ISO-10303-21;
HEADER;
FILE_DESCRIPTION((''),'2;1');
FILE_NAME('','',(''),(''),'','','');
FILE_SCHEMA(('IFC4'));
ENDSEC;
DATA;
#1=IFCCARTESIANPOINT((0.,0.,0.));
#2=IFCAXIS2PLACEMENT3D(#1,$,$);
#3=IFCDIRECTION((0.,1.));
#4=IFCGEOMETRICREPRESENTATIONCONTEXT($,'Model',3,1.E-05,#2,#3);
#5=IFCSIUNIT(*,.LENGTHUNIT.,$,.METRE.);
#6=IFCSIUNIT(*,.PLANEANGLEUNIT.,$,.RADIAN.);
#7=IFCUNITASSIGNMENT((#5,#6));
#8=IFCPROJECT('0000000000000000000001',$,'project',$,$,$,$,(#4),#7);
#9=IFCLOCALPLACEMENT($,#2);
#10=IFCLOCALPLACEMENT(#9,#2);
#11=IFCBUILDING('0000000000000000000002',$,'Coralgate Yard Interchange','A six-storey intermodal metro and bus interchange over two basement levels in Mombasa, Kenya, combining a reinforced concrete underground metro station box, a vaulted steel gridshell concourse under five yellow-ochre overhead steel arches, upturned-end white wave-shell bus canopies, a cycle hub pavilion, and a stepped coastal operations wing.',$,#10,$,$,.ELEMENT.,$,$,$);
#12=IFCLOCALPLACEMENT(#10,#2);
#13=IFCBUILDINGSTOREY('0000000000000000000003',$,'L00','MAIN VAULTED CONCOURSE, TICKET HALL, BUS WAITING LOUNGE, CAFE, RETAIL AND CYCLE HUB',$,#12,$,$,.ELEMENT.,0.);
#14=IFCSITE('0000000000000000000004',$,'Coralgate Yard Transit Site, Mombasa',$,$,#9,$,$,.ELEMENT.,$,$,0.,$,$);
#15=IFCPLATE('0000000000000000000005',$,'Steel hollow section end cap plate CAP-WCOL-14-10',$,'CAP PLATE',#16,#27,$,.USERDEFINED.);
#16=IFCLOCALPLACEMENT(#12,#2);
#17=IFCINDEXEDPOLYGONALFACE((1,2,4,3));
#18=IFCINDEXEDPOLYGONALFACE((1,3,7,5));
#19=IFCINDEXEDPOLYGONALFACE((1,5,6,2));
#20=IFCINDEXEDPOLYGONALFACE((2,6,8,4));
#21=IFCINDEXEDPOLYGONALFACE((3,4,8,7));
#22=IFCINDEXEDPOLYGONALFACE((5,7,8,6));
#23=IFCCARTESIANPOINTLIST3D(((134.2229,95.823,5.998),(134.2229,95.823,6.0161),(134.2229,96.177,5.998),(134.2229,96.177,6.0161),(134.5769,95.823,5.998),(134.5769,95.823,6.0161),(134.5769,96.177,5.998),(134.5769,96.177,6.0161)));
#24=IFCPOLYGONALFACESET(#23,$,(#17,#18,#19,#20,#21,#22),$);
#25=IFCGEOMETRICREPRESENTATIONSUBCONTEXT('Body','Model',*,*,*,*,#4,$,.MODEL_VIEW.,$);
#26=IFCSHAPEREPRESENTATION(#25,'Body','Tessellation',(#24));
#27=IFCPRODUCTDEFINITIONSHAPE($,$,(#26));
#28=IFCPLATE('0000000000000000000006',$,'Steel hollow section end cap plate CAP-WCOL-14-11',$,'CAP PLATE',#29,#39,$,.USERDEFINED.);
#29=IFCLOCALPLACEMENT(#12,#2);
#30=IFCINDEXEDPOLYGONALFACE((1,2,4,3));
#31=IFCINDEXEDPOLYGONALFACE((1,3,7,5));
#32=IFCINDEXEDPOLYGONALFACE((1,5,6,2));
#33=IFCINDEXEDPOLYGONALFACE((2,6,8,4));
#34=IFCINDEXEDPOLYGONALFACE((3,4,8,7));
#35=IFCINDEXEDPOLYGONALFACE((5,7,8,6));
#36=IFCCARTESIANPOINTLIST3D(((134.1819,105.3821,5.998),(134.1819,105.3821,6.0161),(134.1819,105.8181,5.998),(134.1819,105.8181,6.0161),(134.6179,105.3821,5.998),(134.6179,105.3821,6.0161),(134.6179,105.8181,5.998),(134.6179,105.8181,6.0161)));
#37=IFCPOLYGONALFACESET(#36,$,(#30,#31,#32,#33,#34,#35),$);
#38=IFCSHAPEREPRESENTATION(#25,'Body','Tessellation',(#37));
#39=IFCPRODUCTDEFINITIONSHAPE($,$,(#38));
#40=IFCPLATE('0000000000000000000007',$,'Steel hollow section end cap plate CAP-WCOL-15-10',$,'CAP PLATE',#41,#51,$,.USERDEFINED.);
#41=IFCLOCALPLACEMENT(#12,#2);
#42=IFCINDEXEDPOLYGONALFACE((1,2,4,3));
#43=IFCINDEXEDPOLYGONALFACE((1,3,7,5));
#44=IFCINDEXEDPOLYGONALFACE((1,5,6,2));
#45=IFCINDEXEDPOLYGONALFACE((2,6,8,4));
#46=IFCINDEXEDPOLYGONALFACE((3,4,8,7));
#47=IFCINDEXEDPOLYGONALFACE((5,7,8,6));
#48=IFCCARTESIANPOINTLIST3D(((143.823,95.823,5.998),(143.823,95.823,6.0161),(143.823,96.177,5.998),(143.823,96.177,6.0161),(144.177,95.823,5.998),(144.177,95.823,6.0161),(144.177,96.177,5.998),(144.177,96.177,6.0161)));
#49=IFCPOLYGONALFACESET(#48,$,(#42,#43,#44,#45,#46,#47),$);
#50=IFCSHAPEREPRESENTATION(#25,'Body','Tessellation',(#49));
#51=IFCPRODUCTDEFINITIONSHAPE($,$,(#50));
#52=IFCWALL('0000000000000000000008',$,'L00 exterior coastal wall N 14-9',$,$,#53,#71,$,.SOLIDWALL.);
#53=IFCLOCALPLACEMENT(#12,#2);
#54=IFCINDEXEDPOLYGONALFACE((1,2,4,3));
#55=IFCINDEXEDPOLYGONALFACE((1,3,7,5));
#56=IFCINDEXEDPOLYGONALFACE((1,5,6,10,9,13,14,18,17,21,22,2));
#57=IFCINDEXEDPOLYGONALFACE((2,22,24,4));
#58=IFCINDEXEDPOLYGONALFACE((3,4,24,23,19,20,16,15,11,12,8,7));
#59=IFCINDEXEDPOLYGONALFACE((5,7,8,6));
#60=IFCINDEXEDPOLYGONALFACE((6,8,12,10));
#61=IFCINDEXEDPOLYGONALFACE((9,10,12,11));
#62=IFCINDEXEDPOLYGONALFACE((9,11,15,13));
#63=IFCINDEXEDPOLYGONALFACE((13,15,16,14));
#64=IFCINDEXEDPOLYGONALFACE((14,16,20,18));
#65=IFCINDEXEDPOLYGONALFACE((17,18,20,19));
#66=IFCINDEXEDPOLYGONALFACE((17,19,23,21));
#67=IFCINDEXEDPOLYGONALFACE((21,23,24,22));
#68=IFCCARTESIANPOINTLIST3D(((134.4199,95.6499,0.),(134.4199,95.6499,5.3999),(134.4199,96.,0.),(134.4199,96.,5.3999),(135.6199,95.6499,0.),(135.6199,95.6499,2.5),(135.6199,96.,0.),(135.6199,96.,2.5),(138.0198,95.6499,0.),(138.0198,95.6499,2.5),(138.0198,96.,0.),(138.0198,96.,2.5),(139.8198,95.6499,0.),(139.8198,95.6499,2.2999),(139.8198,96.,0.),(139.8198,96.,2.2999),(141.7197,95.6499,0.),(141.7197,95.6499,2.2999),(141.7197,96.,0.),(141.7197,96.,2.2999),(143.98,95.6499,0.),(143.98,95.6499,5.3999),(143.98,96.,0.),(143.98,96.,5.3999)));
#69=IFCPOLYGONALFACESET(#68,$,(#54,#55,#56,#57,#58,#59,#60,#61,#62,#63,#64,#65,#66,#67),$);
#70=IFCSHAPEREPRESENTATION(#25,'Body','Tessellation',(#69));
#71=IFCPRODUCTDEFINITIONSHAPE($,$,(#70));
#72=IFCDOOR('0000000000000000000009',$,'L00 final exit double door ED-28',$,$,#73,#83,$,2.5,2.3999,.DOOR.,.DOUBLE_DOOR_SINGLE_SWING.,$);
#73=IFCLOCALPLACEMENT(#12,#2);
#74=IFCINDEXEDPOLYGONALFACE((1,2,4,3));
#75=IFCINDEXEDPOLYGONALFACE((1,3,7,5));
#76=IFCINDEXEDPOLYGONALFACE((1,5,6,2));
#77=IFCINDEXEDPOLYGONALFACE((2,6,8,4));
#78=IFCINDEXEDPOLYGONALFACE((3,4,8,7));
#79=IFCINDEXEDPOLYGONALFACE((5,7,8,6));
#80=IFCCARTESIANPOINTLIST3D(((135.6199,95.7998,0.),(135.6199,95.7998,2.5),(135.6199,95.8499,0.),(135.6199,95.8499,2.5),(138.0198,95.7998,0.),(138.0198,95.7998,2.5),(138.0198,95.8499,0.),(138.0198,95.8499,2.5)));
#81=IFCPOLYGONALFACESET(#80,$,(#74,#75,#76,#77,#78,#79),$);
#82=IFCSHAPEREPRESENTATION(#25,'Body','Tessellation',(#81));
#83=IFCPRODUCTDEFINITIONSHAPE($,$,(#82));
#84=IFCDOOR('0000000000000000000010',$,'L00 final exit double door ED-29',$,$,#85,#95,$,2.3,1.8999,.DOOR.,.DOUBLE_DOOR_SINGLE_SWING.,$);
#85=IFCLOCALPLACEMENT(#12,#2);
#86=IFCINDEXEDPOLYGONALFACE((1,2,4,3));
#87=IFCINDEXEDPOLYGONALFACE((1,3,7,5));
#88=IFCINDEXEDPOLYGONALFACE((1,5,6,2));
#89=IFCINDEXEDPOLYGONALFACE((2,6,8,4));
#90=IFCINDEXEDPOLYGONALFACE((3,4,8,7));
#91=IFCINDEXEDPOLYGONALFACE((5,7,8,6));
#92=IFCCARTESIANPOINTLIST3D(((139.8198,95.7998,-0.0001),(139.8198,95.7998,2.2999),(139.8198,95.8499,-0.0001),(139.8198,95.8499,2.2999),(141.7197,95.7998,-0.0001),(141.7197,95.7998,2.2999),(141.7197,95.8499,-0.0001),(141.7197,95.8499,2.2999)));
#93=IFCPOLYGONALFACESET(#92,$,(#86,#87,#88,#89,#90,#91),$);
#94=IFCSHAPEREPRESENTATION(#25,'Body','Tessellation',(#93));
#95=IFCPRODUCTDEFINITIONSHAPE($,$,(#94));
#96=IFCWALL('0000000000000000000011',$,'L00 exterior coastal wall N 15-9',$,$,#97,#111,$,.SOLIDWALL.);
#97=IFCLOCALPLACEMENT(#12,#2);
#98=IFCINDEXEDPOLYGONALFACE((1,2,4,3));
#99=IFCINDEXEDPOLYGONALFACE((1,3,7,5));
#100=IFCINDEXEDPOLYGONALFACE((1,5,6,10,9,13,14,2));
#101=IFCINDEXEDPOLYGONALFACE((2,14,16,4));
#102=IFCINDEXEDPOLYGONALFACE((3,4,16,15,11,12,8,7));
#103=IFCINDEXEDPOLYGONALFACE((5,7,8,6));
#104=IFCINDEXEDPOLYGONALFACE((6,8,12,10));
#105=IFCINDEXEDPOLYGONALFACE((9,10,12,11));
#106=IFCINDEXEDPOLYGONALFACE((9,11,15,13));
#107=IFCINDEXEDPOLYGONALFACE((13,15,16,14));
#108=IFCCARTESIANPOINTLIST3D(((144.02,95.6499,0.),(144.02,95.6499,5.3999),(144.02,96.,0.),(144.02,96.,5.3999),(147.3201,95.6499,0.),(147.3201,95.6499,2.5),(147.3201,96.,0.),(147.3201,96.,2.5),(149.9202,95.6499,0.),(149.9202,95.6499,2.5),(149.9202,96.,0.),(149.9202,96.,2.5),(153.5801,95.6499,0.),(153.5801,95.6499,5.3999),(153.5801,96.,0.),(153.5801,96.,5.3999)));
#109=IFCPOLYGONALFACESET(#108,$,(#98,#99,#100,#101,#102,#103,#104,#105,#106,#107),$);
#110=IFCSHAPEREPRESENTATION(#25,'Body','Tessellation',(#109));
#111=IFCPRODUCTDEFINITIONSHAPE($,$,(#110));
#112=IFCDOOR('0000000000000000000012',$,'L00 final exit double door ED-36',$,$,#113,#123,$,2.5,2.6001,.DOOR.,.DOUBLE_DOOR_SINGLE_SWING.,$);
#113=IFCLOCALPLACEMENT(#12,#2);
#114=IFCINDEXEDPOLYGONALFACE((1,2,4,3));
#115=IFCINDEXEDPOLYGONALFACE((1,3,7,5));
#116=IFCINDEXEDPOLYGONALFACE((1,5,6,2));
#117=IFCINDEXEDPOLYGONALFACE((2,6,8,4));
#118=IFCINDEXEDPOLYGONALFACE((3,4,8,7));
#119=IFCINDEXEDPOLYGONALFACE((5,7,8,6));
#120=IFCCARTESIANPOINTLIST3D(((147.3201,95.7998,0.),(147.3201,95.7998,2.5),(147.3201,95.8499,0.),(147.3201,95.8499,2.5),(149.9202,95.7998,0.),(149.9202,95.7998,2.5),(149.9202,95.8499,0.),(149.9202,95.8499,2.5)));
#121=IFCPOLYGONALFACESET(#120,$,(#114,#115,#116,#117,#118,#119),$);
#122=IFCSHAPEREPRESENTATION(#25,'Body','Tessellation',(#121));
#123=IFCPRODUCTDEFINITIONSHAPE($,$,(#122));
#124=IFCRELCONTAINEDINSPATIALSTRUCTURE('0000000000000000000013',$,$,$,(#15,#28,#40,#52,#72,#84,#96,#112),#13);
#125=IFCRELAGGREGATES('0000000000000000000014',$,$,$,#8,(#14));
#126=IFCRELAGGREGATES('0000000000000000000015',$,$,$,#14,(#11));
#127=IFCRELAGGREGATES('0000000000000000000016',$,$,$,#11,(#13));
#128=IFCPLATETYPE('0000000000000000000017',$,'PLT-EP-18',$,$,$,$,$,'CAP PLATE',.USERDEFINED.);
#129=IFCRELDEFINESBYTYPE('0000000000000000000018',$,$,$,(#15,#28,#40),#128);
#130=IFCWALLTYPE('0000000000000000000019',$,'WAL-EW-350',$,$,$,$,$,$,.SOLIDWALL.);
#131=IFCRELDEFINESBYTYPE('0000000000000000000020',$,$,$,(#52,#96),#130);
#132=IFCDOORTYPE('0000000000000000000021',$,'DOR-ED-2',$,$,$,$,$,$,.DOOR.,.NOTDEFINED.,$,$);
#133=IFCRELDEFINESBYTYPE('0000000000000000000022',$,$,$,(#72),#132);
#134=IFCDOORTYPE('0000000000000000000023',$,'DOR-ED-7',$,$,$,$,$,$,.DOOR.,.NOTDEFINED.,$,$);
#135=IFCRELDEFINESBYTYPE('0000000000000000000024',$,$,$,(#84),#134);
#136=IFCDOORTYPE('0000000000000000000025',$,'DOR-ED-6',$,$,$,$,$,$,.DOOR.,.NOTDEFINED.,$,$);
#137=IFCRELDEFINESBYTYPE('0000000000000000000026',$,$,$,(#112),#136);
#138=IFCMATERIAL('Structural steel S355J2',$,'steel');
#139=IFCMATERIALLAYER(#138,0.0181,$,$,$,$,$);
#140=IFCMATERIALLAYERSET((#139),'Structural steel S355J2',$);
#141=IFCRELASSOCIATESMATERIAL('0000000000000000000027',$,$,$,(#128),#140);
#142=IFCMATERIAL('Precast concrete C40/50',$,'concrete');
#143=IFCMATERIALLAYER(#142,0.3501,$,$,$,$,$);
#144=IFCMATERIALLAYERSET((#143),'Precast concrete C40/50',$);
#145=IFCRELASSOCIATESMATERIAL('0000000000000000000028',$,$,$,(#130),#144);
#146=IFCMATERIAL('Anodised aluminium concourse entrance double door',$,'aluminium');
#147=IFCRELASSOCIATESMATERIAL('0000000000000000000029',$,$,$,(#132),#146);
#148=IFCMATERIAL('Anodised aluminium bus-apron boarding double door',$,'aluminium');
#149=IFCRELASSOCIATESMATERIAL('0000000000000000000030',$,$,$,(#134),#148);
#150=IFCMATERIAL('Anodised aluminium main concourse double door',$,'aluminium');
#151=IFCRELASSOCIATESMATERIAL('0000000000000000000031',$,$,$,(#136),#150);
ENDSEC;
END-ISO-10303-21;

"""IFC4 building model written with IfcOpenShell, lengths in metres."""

from ifc_helpers import new_model, si_unit, direction, frame, frame_2d, origin, origin_2d, place, context, subcontext, project, spatial, rectangle, extrude, material, layer, layer_set, type_object, element, fill, save


model = new_model("IFC4")

# Units and contexts
model_context = context("Model", 3, precision=1e-05, world=origin(), true_north=direction((0.0, 1.0)))
body_context = subcontext(model_context, "Body", "Model", "MODEL_VIEW")
ifc_project = project(units=[si_unit("LENGTHUNIT", "METRE"), si_unit("PLANEANGLEUNIT", "RADIAN")], contexts=[model_context])

# Site, building, storey
site_placement = place(None, origin())
site = spatial("IfcSite", under=ifc_project, at=site_placement, Name="Coralgate Yard Transit Site, Mombasa", CompositionType="ELEMENT", RefElevation=0.0)
building_placement = place(site_placement, origin())
building = spatial("IfcBuilding", under=site, at=building_placement, Name="Coralgate Yard Interchange", Description="A six-storey intermodal metro and bus interchange over two basement levels in Mombasa, Kenya, combining a reinforced concrete underground metro station box, a vaulted steel gridshell concourse under five yellow-ochre overhead steel arches, upturned-end white wave-shell bus canopies, a cycle hub pavilion, and a stepped coastal operations wing.", CompositionType="ELEMENT")
storey_placement = place(building_placement, origin())
storey = spatial("IfcBuildingStorey", under=building, at=storey_placement, Name="L00", Description="MAIN VAULTED CONCOURSE, TICKET HALL, BUS WAITING LOUNGE, CAFE, RETAIL AND CYCLE HUB", CompositionType="ELEMENT", Elevation=0.0)

# Shared definitions
ifc_material_1 = material(Name="Structural steel S355J2", Category="steel")

# Plates
ifc_layer_1 = layer(ifc_material_1, 0.0181)
ifc_layer_set_1 = layer_set([ifc_layer_1], Name="Structural steel S355J2")
plate_type = type_object("IfcPlateType", Name="PLT-EP-18", ElementType="CAP PLATE", PredefinedType="USERDEFINED", material=ifc_layer_set_1)
plate_1_placement = place(storey_placement, frame((134.3999, 96.0, 5.998), z_axis=(0.0, 0.0, 1.0), x_axis=(1.0, 0.0, 0.0)))
element("IfcPlate", 1, at=plate_1_placement, inside=storey, type_object=plate_type, Name="Steel hollow section end cap plate CAP-WCOL-14-10", ObjectType="CAP PLATE", PredefinedType="USERDEFINED", context=body_context, shape_type="SweptSolid", body=[
    extrude(rectangle(XDim=0.354, YDim=0.354, at=origin_2d()), origin(), (0.0, 0.0, 1.0), 0.0181),
])
plate_2_placement = place(storey_placement, frame((134.3999, 105.6001, 5.998), z_axis=(0.0, 0.0, 1.0), x_axis=(1.0, 0.0, 0.0)))
element("IfcPlate", 2, at=plate_2_placement, inside=storey, type_object=plate_type, Name="Steel hollow section end cap plate CAP-WCOL-14-11", ObjectType="CAP PLATE", PredefinedType="USERDEFINED", context=body_context, shape_type="SweptSolid", body=[
    extrude(rectangle(XDim=0.436, YDim=0.436, at=origin_2d()), origin(), (0.0, 0.0, 1.0), 0.0181),
])
plate_3_placement = place(storey_placement, frame((144.0, 96.0, 5.998), z_axis=(0.0, 0.0, 1.0), x_axis=(1.0, 0.0, 0.0)))
element("IfcPlate", 3, at=plate_3_placement, inside=storey, type_object=plate_type, Name="Steel hollow section end cap plate CAP-WCOL-15-10", ObjectType="CAP PLATE", PredefinedType="USERDEFINED", context=body_context, shape_type="SweptSolid", body=[
    extrude(rectangle(XDim=0.354, YDim=0.354, at=origin_2d()), origin(), (0.0, 0.0, 1.0), 0.0181),
])

# Wall, openings, doors
ifc_material_2 = material(Name="Precast concrete C40/50", Category="concrete")
ifc_layer_2 = layer(ifc_material_2, 0.3501)
ifc_layer_set_2 = layer_set([ifc_layer_2], Name="Precast concrete C40/50")
wall_type = type_object("IfcWallType", Name="WAL-EW-350", PredefinedType="SOLIDWALL", material=ifc_layer_set_2)
wall_1_placement = place(storey_placement, frame((134.4199, 95.825, 0.0), z_axis=(0.0, 0.0, 1.0), x_axis=(1.0, 0.0, 0.0)))
wall_1 = element("IfcWall", 4, at=wall_1_placement, inside=storey, type_object=wall_type, Name="L00 exterior coastal wall N 14-9", PredefinedType="SOLIDWALL", context=body_context, shape_type="SweptSolid", body=[
    extrude(rectangle(XDim=9.5601, YDim=0.3501, at=frame_2d((4.78, 0.0))), origin(), (0.0, 0.0, 1.0), 5.3999),
])
opening_1_placement = place(wall_1_placement, frame((1.2, 0.0, 0.0)))
opening_1 = element("IfcOpeningElement", 5, at=opening_1_placement, cuts=wall_1, PredefinedType="OPENING", context=body_context, shape_type="SweptSolid", body=[
    extrude(rectangle(XDim=2.3999, YDim=2.5, at=frame_2d((1.2, 1.25))), frame((0.0, 0.1851, 0.0), z_axis=(0.0, -1.0, 0.0), x_axis=(1.0, 0.0, 0.0)), (0.0, 0.0, 1.0), 0.3701),
])
opening_2_placement = place(wall_1_placement, frame((5.3999, 0.0, 0.0)))
opening_2 = element("IfcOpeningElement", 6, at=opening_2_placement, cuts=wall_1, PredefinedType="OPENING", context=body_context, shape_type="SweptSolid", body=[
    extrude(rectangle(XDim=1.8999, YDim=2.3, at=frame_2d((0.95, 1.1499))), frame((0.0, 0.1851, 0.0), z_axis=(0.0, -1.0, 0.0), x_axis=(1.0, 0.0, 0.0)), (0.0, 0.0, 1.0), 0.3701),
])
ifc_material_3 = material(Name="Anodised aluminium concourse entrance double door", Category="aluminium")
door_type_1 = type_object("IfcDoorType", Name="DOR-ED-2", OperationType="NOTDEFINED", PredefinedType="DOOR", material=ifc_material_3)
door_1_placement = place(opening_1_placement, origin())
door_1 = element("IfcDoor", 7, at=door_1_placement, inside=storey, type_object=door_type_1, Name="L00 final exit double door ED-28", OperationType="DOUBLE_DOOR_SINGLE_SWING", OverallHeight=2.5, OverallWidth=2.3999, PredefinedType="DOOR", context=body_context, shape_type="SweptSolid", body=[
    extrude(rectangle(XDim=2.3999, YDim=2.5, at=frame_2d((1.2, 1.25))), frame((0.0, 0.0249, 0.0), z_axis=(0.0, -1.0, 0.0), x_axis=(1.0, 0.0, 0.0)), (0.0, 0.0, 1.0), 0.05),
])
fill(opening_1, door_1)
ifc_material_4 = material(Name="Anodised aluminium bus-apron boarding double door", Category="aluminium")
door_type_2 = type_object("IfcDoorType", Name="DOR-ED-7", OperationType="NOTDEFINED", PredefinedType="DOOR", material=ifc_material_4)
door_2_placement = place(opening_2_placement, origin())
door_2 = element("IfcDoor", 8, at=door_2_placement, inside=storey, type_object=door_type_2, Name="L00 final exit double door ED-29", OperationType="DOUBLE_DOOR_SINGLE_SWING", OverallHeight=2.3, OverallWidth=1.8999, PredefinedType="DOOR", context=body_context, shape_type="SweptSolid", body=[
    extrude(rectangle(XDim=1.8999, YDim=2.3, at=frame_2d((0.95, 1.1499))), frame((0.0, 0.0249, 0.0), z_axis=(0.0, -1.0, 0.0), x_axis=(1.0, 0.0, 0.0)), (0.0, 0.0, 1.0), 0.05),
])
fill(opening_2, door_2)

# Wall, opening, door
wall_2_placement = place(storey_placement, frame((144.02, 95.825, 0.0), z_axis=(0.0, 0.0, 1.0), x_axis=(1.0, 0.0, 0.0)))
wall_2 = element("IfcWall", 9, at=wall_2_placement, inside=storey, type_object=wall_type, Name="L00 exterior coastal wall N 15-9", PredefinedType="SOLIDWALL", context=body_context, shape_type="SweptSolid", body=[
    extrude(rectangle(XDim=9.5601, YDim=0.3501, at=frame_2d((4.78, 0.0))), origin(), (0.0, 0.0, 1.0), 5.3999),
])
opening_3_placement = place(wall_2_placement, frame((3.3, 0.0, 0.0)))
opening_3 = element("IfcOpeningElement", 10, at=opening_3_placement, cuts=wall_2, PredefinedType="OPENING", context=body_context, shape_type="SweptSolid", body=[
    extrude(rectangle(XDim=2.6001, YDim=2.5, at=frame_2d((1.3, 1.25))), frame((0.0, 0.1851, 0.0), z_axis=(0.0, -1.0, 0.0), x_axis=(1.0, 0.0, 0.0)), (0.0, 0.0, 1.0), 0.3701),
])
ifc_material_5 = material(Name="Anodised aluminium main concourse double door", Category="aluminium")
door_type_3 = type_object("IfcDoorType", Name="DOR-ED-6", OperationType="NOTDEFINED", PredefinedType="DOOR", material=ifc_material_5)
door_3_placement = place(opening_3_placement, origin())
door_3 = element("IfcDoor", 11, at=door_3_placement, inside=storey, type_object=door_type_3, Name="L00 final exit double door ED-36", OperationType="DOUBLE_DOOR_SINGLE_SWING", OverallHeight=2.5, OverallWidth=2.6001, PredefinedType="DOOR", context=body_context, shape_type="SweptSolid", body=[
    extrude(rectangle(XDim=2.6001, YDim=2.5, at=frame_2d((1.3, 1.25))), frame((0.0, 0.0249, 0.0), z_axis=(0.0, -1.0, 0.0), x_axis=(1.0, 0.0, 0.0)), (0.0, 0.0, 1.0), 0.05),
])
fill(opening_3, door_3)

save(model, "model.ifc")
